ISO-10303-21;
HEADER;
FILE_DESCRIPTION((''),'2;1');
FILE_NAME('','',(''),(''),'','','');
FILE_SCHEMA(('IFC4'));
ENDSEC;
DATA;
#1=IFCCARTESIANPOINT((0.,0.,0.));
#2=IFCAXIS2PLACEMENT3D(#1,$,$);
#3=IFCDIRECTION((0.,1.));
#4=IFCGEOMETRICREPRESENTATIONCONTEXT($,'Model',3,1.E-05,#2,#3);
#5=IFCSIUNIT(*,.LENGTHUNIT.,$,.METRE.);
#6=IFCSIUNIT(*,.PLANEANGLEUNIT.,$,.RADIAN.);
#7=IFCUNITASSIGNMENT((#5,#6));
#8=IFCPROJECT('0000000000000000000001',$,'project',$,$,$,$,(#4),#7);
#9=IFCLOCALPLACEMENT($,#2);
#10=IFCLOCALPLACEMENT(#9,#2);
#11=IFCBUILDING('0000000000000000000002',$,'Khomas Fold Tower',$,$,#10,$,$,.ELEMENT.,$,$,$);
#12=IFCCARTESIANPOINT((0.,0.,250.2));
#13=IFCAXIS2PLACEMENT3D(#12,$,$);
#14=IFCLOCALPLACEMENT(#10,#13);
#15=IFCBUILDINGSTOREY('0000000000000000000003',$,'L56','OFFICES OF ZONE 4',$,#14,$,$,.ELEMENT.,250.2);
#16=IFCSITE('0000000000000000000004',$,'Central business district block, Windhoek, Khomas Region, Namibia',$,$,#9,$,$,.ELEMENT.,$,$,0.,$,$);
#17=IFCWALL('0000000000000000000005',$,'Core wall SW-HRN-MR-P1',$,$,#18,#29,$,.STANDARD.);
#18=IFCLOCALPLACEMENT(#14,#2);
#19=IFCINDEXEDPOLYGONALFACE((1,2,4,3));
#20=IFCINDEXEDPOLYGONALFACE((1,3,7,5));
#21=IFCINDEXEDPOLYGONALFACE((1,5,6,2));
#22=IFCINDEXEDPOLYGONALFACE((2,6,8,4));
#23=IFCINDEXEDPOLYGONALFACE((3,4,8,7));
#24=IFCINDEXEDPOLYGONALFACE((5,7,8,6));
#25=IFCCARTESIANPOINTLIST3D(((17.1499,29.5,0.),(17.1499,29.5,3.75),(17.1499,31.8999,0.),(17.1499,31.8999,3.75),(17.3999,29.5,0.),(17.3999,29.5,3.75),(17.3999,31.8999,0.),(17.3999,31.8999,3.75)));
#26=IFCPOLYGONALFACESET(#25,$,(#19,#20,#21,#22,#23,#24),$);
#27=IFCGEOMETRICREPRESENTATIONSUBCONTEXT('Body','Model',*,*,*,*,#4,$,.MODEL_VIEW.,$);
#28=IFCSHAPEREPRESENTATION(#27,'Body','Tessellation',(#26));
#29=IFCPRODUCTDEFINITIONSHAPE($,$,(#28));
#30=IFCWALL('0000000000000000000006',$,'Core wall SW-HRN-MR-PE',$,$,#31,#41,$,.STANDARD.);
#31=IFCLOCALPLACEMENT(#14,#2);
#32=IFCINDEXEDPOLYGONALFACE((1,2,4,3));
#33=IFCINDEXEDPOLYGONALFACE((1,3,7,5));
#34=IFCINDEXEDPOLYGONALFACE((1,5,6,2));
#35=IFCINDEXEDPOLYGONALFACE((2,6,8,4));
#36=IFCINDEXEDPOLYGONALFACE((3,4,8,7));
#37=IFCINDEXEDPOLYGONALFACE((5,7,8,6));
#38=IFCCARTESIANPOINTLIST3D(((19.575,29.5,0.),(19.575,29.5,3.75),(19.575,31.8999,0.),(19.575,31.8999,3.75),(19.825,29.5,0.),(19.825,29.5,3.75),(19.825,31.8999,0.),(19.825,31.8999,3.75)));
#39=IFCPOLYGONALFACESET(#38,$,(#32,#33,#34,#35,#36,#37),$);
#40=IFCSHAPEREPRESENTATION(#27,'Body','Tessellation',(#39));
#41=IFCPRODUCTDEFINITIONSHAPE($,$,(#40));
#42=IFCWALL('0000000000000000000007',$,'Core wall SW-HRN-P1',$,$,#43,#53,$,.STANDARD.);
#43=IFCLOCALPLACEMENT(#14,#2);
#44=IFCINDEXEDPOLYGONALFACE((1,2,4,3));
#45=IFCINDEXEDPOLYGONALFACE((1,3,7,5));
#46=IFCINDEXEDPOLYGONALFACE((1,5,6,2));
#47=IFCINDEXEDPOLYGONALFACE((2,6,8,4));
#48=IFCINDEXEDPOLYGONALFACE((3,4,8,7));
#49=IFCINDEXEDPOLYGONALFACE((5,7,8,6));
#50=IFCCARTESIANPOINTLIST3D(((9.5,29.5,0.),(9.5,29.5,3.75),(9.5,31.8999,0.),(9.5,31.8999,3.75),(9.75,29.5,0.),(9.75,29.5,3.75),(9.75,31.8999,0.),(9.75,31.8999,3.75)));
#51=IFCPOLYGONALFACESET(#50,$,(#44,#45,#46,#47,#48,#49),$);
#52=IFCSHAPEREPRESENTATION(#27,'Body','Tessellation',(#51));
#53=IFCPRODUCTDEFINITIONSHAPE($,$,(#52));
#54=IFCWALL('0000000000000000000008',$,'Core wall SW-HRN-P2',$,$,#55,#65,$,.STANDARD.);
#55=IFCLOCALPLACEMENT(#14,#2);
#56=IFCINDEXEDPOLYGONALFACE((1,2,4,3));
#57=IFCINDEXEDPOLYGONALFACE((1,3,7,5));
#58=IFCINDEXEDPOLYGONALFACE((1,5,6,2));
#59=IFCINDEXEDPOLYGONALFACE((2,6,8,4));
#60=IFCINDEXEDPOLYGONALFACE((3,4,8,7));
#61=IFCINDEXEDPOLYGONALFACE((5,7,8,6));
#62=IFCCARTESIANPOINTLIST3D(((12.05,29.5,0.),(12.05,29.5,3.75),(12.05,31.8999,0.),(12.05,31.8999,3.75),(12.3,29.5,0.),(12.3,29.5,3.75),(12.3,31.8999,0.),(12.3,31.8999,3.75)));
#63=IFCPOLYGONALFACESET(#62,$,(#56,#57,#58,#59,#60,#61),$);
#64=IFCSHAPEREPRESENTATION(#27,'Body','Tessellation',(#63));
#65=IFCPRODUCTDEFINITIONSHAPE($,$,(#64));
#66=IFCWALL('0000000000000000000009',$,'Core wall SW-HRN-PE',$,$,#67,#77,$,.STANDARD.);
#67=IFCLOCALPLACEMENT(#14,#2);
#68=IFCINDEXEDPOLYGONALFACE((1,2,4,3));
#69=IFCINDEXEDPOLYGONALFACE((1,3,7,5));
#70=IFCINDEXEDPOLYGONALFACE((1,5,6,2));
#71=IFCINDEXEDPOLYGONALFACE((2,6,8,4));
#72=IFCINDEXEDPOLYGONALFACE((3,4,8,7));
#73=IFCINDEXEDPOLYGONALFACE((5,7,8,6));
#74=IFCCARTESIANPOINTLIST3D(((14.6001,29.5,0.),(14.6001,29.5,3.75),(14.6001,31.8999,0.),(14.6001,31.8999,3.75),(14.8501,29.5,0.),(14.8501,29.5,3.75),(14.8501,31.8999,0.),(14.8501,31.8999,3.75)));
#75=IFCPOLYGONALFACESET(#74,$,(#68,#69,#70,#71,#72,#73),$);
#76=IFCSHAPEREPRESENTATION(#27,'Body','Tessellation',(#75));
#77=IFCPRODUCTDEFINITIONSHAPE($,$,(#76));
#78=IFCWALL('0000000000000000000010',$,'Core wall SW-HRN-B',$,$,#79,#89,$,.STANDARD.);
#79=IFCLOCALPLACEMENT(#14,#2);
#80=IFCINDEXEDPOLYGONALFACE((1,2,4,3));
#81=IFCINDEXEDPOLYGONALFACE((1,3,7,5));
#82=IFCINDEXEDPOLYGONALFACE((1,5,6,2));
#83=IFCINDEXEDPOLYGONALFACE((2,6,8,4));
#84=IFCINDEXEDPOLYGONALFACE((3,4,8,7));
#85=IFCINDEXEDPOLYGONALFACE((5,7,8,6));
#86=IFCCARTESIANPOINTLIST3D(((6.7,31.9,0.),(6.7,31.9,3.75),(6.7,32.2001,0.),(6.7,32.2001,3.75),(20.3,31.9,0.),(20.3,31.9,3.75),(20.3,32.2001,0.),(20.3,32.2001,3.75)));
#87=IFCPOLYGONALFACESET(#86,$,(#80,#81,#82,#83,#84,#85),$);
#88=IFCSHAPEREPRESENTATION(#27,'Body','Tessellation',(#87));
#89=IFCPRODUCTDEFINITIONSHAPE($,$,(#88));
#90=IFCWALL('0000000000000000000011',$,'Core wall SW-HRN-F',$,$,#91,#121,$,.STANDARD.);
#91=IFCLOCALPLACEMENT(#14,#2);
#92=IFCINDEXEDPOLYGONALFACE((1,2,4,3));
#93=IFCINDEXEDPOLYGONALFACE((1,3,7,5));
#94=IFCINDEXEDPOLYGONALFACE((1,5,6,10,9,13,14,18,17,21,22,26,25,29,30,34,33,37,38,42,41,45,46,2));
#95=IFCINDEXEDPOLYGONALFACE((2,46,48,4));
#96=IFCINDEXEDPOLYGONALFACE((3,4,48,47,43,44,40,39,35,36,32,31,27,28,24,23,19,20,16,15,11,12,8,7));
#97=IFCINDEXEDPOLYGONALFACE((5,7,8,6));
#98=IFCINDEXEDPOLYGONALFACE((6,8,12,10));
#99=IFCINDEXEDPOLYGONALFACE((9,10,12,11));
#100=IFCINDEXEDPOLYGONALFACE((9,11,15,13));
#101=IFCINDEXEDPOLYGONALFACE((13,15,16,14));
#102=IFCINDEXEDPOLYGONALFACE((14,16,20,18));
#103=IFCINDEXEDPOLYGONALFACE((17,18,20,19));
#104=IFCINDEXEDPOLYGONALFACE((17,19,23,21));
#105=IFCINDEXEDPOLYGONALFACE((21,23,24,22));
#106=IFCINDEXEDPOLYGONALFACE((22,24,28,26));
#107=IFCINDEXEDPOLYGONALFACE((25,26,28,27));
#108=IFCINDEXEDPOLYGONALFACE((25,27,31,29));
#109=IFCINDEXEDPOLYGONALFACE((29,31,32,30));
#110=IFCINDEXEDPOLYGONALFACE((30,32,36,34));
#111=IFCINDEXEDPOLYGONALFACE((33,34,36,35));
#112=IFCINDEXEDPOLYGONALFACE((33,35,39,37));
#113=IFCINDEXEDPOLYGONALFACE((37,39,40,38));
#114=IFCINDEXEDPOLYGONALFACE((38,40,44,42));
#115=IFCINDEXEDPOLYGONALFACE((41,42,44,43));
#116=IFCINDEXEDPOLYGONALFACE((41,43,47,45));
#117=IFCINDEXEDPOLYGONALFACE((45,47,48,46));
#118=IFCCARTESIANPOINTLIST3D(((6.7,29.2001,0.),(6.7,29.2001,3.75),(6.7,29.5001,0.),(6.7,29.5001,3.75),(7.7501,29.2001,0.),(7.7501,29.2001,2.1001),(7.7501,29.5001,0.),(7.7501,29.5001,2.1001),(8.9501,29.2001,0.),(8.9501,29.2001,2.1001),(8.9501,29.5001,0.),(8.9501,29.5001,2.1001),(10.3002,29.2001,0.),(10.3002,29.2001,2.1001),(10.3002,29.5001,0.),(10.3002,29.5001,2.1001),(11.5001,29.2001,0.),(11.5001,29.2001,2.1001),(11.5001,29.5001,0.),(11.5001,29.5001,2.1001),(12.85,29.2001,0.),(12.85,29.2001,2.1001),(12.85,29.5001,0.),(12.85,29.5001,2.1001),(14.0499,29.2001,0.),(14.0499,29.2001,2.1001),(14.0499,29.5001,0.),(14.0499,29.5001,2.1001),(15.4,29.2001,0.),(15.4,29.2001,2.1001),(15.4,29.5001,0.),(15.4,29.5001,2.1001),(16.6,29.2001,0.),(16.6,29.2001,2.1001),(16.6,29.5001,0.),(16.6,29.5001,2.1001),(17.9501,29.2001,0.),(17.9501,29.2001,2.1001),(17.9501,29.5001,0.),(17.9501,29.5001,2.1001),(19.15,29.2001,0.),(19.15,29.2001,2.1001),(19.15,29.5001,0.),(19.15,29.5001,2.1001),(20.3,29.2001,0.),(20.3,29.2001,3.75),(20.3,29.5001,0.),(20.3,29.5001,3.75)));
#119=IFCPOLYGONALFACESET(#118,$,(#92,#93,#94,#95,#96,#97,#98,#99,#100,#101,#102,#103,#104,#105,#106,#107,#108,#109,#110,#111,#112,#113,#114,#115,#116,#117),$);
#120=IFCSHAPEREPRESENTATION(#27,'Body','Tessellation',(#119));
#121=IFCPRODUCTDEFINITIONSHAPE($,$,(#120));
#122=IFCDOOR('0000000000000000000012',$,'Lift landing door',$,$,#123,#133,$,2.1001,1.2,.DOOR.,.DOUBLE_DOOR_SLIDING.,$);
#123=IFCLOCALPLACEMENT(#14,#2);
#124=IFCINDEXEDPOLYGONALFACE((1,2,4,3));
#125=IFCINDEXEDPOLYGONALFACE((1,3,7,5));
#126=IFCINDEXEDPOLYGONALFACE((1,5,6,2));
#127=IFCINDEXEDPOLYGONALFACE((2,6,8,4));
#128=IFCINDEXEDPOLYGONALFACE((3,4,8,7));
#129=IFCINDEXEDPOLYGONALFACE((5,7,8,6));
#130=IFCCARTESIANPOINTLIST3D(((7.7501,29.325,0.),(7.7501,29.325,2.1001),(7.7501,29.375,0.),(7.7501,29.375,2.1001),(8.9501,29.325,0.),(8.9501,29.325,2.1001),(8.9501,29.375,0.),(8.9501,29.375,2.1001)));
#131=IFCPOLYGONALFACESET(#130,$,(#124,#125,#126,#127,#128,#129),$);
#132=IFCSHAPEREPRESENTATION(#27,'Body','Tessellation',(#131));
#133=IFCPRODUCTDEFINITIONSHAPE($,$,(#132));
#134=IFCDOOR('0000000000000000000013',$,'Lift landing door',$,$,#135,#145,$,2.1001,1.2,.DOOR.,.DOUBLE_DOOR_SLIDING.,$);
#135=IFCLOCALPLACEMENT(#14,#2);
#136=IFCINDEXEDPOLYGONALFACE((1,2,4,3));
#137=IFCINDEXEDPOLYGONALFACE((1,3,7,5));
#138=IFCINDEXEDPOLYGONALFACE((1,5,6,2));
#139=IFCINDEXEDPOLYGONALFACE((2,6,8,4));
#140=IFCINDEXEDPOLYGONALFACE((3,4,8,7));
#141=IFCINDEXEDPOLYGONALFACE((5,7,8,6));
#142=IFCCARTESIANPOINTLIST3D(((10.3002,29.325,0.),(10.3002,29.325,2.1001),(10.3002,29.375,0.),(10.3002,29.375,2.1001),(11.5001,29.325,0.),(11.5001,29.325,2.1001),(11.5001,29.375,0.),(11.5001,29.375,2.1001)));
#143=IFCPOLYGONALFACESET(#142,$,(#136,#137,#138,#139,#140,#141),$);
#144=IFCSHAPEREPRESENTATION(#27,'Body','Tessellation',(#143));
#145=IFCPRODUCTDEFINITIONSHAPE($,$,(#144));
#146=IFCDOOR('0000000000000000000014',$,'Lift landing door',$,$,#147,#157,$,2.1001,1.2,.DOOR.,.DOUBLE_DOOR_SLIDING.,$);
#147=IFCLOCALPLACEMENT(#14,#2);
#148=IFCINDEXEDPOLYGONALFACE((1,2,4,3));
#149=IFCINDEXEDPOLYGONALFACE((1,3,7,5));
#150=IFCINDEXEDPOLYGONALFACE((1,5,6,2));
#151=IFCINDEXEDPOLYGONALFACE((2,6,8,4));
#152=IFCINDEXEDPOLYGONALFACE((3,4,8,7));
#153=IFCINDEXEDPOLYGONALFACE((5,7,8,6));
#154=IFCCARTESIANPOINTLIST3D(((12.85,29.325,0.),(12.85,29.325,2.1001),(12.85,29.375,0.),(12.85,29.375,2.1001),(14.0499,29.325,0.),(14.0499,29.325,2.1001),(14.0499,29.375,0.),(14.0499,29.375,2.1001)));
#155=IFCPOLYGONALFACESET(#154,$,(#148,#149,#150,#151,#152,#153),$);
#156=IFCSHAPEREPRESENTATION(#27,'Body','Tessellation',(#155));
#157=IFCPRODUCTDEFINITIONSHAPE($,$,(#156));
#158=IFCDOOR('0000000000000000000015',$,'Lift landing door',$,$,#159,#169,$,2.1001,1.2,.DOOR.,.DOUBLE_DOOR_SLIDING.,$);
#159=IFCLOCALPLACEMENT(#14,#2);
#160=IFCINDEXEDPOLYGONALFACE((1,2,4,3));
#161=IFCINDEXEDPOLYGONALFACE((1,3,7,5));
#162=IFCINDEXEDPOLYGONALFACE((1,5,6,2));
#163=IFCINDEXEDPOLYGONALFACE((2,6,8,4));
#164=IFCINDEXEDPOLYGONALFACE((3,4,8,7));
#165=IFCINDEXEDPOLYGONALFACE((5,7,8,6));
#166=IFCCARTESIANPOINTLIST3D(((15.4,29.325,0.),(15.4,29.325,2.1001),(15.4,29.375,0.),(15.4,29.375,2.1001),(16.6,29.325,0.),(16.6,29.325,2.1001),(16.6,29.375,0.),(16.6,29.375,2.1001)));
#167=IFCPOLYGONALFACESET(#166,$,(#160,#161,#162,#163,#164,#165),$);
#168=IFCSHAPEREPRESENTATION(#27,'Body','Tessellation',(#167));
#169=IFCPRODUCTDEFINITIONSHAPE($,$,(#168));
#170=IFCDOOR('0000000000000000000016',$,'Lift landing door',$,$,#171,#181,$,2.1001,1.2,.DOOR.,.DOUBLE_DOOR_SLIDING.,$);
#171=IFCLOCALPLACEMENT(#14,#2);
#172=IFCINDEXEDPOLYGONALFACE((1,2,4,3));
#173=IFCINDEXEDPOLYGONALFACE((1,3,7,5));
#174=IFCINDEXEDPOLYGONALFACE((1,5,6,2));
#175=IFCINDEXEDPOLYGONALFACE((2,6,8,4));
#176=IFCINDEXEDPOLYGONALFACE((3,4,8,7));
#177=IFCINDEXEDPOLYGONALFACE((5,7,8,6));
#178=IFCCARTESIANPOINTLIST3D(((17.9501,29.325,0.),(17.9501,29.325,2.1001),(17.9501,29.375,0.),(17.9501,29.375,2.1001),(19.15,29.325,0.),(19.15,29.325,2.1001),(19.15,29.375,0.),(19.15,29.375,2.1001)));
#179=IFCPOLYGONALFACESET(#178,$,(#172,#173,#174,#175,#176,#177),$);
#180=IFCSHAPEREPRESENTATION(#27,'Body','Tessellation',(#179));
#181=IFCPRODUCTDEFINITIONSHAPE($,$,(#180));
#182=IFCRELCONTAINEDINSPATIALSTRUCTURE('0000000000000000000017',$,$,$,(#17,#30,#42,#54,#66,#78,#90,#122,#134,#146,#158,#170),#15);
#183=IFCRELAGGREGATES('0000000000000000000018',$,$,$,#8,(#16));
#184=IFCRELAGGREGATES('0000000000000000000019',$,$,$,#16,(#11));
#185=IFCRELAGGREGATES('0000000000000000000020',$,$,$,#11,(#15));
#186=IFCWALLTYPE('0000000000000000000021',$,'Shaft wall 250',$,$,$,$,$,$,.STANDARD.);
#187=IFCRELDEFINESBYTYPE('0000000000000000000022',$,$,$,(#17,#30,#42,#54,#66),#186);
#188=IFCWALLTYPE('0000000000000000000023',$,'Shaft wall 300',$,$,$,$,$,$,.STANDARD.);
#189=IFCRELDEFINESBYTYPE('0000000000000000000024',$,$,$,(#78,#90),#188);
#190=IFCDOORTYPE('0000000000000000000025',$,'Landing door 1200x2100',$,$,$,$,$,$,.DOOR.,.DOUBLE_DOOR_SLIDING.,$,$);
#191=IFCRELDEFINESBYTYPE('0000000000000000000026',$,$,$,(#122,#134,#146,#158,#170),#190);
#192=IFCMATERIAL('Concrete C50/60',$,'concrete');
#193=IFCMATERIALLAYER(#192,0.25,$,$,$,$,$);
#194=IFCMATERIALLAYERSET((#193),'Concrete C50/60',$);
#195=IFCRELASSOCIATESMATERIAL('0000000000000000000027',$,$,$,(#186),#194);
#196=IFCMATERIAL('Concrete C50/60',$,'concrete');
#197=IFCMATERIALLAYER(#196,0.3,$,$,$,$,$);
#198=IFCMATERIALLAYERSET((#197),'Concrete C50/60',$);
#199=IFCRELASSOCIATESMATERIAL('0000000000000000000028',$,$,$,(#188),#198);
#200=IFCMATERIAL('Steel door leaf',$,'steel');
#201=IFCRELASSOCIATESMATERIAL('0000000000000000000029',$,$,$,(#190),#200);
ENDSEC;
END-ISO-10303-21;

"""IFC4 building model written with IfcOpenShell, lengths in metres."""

from ifc_helpers import new_model, si_unit, direction, frame, frame_2d, origin, place, context, subcontext, project, spatial, rectangle, extrude, source, transform, mapped, material, layer, layer_set, type_object, element, fill, save


model = new_model("IFC4")

# Units and contexts
model_context = context("Model", 3, precision=1e-05, world=origin(), true_north=direction((0.0, 1.0)))
body_context = subcontext(model_context, "Body", "Model", "MODEL_VIEW")
ifc_project = project(units=[si_unit("LENGTHUNIT", "METRE"), si_unit("PLANEANGLEUNIT", "RADIAN")], contexts=[model_context])

# Site, building, storey
site_placement = place(None, origin())
site = spatial("IfcSite", under=ifc_project, at=site_placement, Name="Central business district block, Windhoek, Khomas Region, Namibia", CompositionType="ELEMENT", RefElevation=0.0)
building_placement = place(site_placement, origin())
building = spatial("IfcBuilding", under=site, at=building_placement, Name="Khomas Fold Tower", CompositionType="ELEMENT")
storey_placement = place(building_placement, frame((0.0, 0.0, 250.2)))
storey = spatial("IfcBuildingStorey", under=building, at=storey_placement, Name="L56", Description="OFFICES OF ZONE 4", CompositionType="ELEMENT", Elevation=250.2)

# Walls
ifc_material_1 = material(Name="Concrete C50/60", Category="concrete")
ifc_layer_1 = layer(ifc_material_1, 0.25)
ifc_layer_set_1 = layer_set([ifc_layer_1], Name="Concrete C50/60")
wall_type_1 = type_object("IfcWallType", Name="Shaft wall 250", PredefinedType="STANDARD", material=ifc_layer_set_1)
shared_shape_1 = source(origin(), body_context, "Body", "SweptSolid", [
    extrude(rectangle(XDim=2.3999, YDim=0.25, at=frame_2d((1.2, 0.0))), origin(), (0.0, 0.0, 1.0), 3.75),
])
for number, where, z_axis, x_axis, name in (
    (1, (17.2749, 29.5, 0.0), (0.0, 0.0, 1.0), (0.0, 1.0, 0.0), "Core wall SW-HRN-MR-P1"),
    (2, (19.7, 29.5, 0.0), (0.0, 0.0, 1.0), (0.0, 1.0, 0.0), "Core wall SW-HRN-MR-PE"),
    (3, (9.625, 29.5, 0.0), (0.0, 0.0, 1.0), (0.0, 1.0, 0.0), "Core wall SW-HRN-P1"),
    (4, (12.175, 29.5, 0.0), (0.0, 0.0, 1.0), (0.0, 1.0, 0.0), "Core wall SW-HRN-P2"),
    (5, (14.7251, 29.5, 0.0), (0.0, 0.0, 1.0), (0.0, 1.0, 0.0), "Core wall SW-HRN-PE"),
):
    element("IfcWall", number, at=place(storey_placement, frame(where, z_axis=z_axis, x_axis=x_axis)), inside=storey, type_object=wall_type_1, Name=name, PredefinedType="STANDARD", context=body_context, shape_type="MappedRepresentation", body=[
        mapped(shared_shape_1, transform((0.0, 0.0, 0.0))),
    ])
ifc_material_2 = material(Name="Concrete C50/60", Category="concrete")
ifc_layer_2 = layer(ifc_material_2, 0.3)
ifc_layer_set_2 = layer_set([ifc_layer_2], Name="Concrete C50/60")
wall_type_2 = type_object("IfcWallType", Name="Shaft wall 300", PredefinedType="STANDARD", material=ifc_layer_set_2)
shared_shape_2 = source(origin(), body_context, "Body", "SweptSolid", [
    extrude(rectangle(XDim=13.6001, YDim=0.3, at=frame_2d((6.8, 0.0))), origin(), (0.0, 0.0, 1.0), 3.75),
])
wall_1_placement = place(storey_placement, frame((6.7, 32.05, 0.0), z_axis=(0.0, 0.0, 1.0), x_axis=(1.0, 0.0, 0.0)))
element("IfcWall", 6, at=wall_1_placement, inside=storey, type_object=wall_type_2, Name="Core wall SW-HRN-B", PredefinedType="STANDARD", context=body_context, shape_type="MappedRepresentation", body=[
    mapped(shared_shape_2, transform((0.0, 0.0, 0.0))),
])

# Wall, openings, doors
wall_2_placement = place(storey_placement, frame((6.7, 29.3501, 0.0), z_axis=(0.0, 0.0, 1.0), x_axis=(1.0, 0.0, 0.0)))
wall_2 = element("IfcWall", 7, at=wall_2_placement, inside=storey, type_object=wall_type_2, Name="Core wall SW-HRN-F", PredefinedType="STANDARD", context=body_context, shape_type="MappedRepresentation", body=[
    mapped(shared_shape_2, transform((0.0, 0.0, 0.0))),
])
shared_shape_3 = source(origin(), body_context, "Body", "SweptSolid", [
    extrude(rectangle(XDim=1.2, YDim=2.1001, at=frame_2d((0.6001, 1.05))), frame((0.0, 0.1599, 0.0), z_axis=(0.0, -1.0, 0.0), x_axis=(1.0, 0.0, 0.0)), (0.0, 0.0, 1.0), 0.3201),
])
opening_1_placement = place(wall_2_placement, frame((1.05, 0.0, 0.0)))
opening_1 = element("IfcOpeningElement", 8, at=opening_1_placement, cuts=wall_2, PredefinedType="OPENING", context=body_context, shape_type="MappedRepresentation", body=[
    mapped(shared_shape_3, transform((0.0, 0.0, 0.0))),
])
opening_2_placement = place(wall_2_placement, frame((3.6001, 0.0, 0.0)))
opening_2 = element("IfcOpeningElement", 9, at=opening_2_placement, cuts=wall_2, PredefinedType="OPENING", context=body_context, shape_type="MappedRepresentation", body=[
    mapped(shared_shape_3, transform((0.0, 0.0, 0.0))),
])
opening_3_placement = place(wall_2_placement, frame((6.1499, 0.0, 0.0)))
opening_3 = element("IfcOpeningElement", 10, at=opening_3_placement, cuts=wall_2, PredefinedType="OPENING", context=body_context, shape_type="MappedRepresentation", body=[
    mapped(shared_shape_3, transform((0.0, 0.0, 0.0))),
])
opening_4_placement = place(wall_2_placement, frame((8.7, 0.0, 0.0)))
opening_4 = element("IfcOpeningElement", 11, at=opening_4_placement, cuts=wall_2, PredefinedType="OPENING", context=body_context, shape_type="MappedRepresentation", body=[
    mapped(shared_shape_3, transform((0.0, 0.0, 0.0))),
])
opening_5_placement = place(wall_2_placement, frame((11.25, 0.0, 0.0)))
opening_5 = element("IfcOpeningElement", 12, at=opening_5_placement, cuts=wall_2, PredefinedType="OPENING", context=body_context, shape_type="MappedRepresentation", body=[
    mapped(shared_shape_3, transform((0.0, 0.0, 0.0))),
])
ifc_material_3 = material(Name="Steel door leaf", Category="steel")
door_type = type_object("IfcDoorType", Name="Landing door 1200x2100", OperationType="DOUBLE_DOOR_SLIDING", PredefinedType="DOOR", material=ifc_material_3)
shared_shape_4 = source(origin(), body_context, "Body", "SweptSolid", [
    extrude(rectangle(XDim=1.2, YDim=2.1001, at=frame_2d((0.6001, 1.05))), frame((0.0, 0.0249, 0.0), z_axis=(0.0, -1.0, 0.0), x_axis=(1.0, 0.0, 0.0)), (0.0, 0.0, 1.0), 0.05),
])
door_1_placement = place(opening_1_placement, origin())
door_1 = element("IfcDoor", 13, at=door_1_placement, inside=storey, type_object=door_type, Name="Lift landing door", OperationType="DOUBLE_DOOR_SLIDING", OverallHeight=2.1001, OverallWidth=1.2, PredefinedType="DOOR", context=body_context, shape_type="MappedRepresentation", body=[
    mapped(shared_shape_4, transform((0.0, 0.0, 0.0))),
])
fill(opening_1, door_1)
door_2_placement = place(opening_2_placement, origin())
door_2 = element("IfcDoor", 14, at=door_2_placement, inside=storey, type_object=door_type, Name="Lift landing door", OperationType="DOUBLE_DOOR_SLIDING", OverallHeight=2.1001, OverallWidth=1.2, PredefinedType="DOOR", context=body_context, shape_type="MappedRepresentation", body=[
    mapped(shared_shape_4, transform((0.0, 0.0, 0.0))),
])
fill(opening_2, door_2)
door_3_placement = place(opening_3_placement, origin())
door_3 = element("IfcDoor", 15, at=door_3_placement, inside=storey, type_object=door_type, Name="Lift landing door", OperationType="DOUBLE_DOOR_SLIDING", OverallHeight=2.1001, OverallWidth=1.2, PredefinedType="DOOR", context=body_context, shape_type="MappedRepresentation", body=[
    mapped(shared_shape_4, transform((0.0, 0.0, 0.0))),
])
fill(opening_3, door_3)
door_4_placement = place(opening_4_placement, origin())
door_4 = element("IfcDoor", 16, at=door_4_placement, inside=storey, type_object=door_type, Name="Lift landing door", OperationType="DOUBLE_DOOR_SLIDING", OverallHeight=2.1001, OverallWidth=1.2, PredefinedType="DOOR", context=body_context, shape_type="MappedRepresentation", body=[
    mapped(shared_shape_4, transform((0.0, 0.0, 0.0))),
])
fill(opening_4, door_4)
door_5_placement = place(opening_5_placement, origin())
door_5 = element("IfcDoor", 17, at=door_5_placement, inside=storey, type_object=door_type, Name="Lift landing door", OperationType="DOUBLE_DOOR_SLIDING", OverallHeight=2.1001, OverallWidth=1.2, PredefinedType="DOOR", context=body_context, shape_type="MappedRepresentation", body=[
    mapped(shared_shape_4, transform((0.0, 0.0, 0.0))),
])
fill(opening_5, door_5)

save(model, "model.ifc")
